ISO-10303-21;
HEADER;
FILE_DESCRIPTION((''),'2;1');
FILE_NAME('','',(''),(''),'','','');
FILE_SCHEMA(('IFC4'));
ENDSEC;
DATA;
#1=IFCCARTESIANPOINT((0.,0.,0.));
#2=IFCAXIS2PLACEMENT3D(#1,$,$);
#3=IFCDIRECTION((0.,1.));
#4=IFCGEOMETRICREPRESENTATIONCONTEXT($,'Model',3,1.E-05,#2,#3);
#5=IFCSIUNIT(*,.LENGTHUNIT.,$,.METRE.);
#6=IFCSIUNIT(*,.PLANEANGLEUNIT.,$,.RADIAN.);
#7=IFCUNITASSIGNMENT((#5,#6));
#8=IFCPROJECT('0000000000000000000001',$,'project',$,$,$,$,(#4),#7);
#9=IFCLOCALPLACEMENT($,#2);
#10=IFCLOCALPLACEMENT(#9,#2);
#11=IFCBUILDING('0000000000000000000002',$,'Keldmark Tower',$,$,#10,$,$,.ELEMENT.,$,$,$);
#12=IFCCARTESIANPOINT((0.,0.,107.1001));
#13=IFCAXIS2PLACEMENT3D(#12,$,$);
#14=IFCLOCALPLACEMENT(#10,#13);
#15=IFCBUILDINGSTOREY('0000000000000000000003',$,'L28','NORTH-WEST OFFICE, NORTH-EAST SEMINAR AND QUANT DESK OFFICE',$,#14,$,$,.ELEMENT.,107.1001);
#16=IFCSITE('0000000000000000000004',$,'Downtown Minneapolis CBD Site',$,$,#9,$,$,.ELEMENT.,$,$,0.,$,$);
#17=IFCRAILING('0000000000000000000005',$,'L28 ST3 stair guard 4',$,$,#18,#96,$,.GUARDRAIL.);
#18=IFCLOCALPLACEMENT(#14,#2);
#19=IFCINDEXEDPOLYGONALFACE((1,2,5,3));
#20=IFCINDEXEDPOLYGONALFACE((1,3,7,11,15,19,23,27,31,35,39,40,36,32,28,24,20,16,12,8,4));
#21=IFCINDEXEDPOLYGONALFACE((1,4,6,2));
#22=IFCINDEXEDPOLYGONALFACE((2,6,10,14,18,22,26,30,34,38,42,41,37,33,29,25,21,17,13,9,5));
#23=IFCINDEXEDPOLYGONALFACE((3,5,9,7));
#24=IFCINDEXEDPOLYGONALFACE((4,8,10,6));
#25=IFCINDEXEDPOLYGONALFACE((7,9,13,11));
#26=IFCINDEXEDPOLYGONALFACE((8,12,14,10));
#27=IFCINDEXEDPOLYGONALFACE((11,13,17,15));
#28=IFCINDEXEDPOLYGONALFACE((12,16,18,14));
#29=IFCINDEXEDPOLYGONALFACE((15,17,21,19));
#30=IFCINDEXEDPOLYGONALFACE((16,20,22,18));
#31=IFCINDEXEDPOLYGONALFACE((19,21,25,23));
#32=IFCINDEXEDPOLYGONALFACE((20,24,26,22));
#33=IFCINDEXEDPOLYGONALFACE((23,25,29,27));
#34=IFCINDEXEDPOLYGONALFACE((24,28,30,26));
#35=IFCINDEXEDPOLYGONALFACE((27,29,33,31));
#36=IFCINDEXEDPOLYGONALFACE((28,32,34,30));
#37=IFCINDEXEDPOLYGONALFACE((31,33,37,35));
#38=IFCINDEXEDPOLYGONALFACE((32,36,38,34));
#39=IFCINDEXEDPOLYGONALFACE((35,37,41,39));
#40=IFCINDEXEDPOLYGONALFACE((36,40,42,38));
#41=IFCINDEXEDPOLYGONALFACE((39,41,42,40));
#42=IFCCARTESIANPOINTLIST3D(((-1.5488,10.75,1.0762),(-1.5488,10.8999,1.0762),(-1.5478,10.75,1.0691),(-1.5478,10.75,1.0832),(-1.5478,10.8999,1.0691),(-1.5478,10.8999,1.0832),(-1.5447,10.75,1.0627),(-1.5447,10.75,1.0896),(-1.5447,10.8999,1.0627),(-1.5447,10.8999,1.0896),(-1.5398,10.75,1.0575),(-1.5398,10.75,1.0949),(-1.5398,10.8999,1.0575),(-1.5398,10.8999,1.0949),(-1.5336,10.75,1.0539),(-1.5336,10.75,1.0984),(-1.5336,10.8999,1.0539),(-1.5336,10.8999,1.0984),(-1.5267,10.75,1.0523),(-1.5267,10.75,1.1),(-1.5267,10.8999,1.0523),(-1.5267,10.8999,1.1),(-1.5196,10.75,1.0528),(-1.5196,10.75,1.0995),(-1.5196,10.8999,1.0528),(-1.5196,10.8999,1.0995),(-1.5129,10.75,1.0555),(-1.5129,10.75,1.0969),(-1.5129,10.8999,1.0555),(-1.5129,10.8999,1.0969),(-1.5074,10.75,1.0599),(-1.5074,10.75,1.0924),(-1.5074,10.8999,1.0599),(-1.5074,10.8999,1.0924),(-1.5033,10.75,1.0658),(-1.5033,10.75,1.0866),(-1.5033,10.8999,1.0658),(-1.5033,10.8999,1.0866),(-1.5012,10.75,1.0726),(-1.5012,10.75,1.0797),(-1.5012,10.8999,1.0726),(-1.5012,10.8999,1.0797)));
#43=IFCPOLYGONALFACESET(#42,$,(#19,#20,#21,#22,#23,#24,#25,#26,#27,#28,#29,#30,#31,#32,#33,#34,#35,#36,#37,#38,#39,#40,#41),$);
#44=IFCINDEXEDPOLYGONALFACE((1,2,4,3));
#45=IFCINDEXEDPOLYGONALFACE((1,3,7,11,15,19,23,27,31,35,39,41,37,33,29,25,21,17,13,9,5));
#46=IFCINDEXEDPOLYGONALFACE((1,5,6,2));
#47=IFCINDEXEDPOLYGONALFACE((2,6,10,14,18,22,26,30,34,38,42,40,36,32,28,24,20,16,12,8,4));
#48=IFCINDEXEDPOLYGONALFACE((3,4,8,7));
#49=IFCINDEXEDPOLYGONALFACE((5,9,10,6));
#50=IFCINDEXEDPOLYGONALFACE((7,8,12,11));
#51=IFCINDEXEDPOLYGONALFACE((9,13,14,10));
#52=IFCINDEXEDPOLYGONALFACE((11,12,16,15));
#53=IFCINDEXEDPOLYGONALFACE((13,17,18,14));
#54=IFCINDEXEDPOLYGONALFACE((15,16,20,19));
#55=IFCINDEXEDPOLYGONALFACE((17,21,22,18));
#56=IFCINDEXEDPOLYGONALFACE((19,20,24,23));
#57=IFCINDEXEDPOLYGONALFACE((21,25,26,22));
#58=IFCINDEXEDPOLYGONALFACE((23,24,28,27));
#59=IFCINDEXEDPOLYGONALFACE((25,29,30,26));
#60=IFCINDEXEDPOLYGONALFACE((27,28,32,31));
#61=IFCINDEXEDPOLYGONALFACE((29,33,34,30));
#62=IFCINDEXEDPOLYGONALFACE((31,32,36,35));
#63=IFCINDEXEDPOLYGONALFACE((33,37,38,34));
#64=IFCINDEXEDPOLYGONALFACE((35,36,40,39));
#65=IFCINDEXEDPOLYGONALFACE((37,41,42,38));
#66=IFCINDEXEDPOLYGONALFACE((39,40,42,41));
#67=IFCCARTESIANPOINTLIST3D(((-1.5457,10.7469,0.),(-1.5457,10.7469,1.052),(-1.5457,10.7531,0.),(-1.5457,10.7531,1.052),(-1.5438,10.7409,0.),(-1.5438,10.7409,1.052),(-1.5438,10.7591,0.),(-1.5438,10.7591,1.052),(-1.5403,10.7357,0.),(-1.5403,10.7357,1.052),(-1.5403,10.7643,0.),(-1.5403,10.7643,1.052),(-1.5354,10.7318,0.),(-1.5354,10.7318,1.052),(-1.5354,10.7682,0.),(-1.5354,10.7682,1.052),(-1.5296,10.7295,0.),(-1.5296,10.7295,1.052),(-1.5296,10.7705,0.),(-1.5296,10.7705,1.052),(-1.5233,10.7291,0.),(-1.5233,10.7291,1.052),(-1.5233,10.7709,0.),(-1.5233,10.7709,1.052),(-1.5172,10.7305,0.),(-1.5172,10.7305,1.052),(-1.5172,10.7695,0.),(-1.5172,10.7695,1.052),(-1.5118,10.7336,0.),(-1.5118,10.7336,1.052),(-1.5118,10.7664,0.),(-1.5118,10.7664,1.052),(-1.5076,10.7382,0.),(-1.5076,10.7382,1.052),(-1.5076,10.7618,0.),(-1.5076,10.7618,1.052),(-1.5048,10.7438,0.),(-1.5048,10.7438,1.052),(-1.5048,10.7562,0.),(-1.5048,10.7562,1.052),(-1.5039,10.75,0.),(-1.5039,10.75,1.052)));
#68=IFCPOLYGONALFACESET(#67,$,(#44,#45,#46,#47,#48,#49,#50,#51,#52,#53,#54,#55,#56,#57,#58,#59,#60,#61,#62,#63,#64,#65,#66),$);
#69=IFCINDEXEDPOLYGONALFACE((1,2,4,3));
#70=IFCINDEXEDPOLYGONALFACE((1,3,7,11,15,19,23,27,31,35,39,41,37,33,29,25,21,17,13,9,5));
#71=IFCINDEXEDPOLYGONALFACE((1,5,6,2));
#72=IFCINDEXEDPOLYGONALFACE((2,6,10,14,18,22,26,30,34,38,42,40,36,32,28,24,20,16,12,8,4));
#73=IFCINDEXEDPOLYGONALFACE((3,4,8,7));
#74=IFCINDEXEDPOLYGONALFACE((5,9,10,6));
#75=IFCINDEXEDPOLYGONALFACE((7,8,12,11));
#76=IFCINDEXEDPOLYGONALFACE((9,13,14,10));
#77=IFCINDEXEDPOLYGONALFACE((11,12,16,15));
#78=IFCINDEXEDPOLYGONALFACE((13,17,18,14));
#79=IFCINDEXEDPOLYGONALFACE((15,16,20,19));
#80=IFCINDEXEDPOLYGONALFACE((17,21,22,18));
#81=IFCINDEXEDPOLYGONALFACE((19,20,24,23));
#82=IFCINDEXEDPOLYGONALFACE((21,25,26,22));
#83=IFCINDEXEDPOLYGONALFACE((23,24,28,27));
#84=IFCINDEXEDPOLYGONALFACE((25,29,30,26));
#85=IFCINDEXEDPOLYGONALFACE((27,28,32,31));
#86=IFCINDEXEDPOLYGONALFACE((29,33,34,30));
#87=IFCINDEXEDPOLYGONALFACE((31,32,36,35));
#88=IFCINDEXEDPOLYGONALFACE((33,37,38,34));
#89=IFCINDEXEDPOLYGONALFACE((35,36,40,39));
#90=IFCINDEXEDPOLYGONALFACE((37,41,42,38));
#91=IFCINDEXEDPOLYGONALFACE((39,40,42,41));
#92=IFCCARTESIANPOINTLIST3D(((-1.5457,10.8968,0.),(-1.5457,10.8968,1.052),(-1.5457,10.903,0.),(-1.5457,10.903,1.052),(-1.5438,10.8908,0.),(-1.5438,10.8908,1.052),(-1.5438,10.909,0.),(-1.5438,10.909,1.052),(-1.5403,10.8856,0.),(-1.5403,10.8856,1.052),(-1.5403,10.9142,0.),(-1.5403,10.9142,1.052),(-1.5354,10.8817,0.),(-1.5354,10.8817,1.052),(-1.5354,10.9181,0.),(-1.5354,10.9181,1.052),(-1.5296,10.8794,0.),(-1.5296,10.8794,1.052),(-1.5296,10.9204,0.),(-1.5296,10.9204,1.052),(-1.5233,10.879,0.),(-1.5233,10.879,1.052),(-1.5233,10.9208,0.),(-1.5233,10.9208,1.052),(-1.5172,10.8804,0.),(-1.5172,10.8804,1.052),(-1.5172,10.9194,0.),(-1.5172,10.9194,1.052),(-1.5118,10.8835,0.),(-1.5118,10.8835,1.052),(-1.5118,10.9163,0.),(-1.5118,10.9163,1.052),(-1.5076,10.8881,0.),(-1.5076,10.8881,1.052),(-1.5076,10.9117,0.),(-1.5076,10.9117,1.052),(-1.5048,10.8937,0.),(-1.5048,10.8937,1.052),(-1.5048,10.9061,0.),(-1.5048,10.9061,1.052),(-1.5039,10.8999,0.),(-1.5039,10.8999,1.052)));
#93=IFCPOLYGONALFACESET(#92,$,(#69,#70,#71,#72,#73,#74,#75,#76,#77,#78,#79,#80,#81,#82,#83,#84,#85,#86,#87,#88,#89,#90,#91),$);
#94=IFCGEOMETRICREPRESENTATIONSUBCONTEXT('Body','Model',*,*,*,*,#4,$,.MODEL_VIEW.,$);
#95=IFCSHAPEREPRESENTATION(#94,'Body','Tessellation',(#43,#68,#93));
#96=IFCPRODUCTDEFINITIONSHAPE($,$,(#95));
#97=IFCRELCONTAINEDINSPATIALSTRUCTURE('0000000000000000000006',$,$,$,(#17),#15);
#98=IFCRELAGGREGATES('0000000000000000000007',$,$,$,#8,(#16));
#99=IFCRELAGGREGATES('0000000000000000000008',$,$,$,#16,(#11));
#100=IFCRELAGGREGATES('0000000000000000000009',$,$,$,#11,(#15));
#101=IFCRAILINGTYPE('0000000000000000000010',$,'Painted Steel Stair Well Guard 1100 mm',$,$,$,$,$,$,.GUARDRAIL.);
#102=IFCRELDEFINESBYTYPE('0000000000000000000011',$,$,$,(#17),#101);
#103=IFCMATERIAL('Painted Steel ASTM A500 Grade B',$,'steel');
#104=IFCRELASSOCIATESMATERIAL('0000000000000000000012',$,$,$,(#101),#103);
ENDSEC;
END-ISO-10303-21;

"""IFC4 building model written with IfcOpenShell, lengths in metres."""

from ifc_helpers import new_model, si_unit, direction, frame, origin, origin_2d, place, context, subcontext, project, spatial, circle, extrude, material, type_object, element, save


model = new_model("IFC4")

# Units and contexts
model_context = context("Model", 3, precision=1e-05, world=origin(), true_north=direction((0.0, 1.0)))
body_context = subcontext(model_context, "Body", "Model", "MODEL_VIEW")
ifc_project = project(units=[si_unit("LENGTHUNIT", "METRE"), si_unit("PLANEANGLEUNIT", "RADIAN")], contexts=[model_context])

# Site, building, storey
site_placement = place(None, origin())
site = spatial("IfcSite", under=ifc_project, at=site_placement, Name="Downtown Minneapolis CBD Site", CompositionType="ELEMENT", RefElevation=0.0)
building_placement = place(site_placement, origin())
building = spatial("IfcBuilding", under=site, at=building_placement, Name="Keldmark Tower", CompositionType="ELEMENT")
storey_placement = place(building_placement, frame((0.0, 0.0, 107.1001)))
storey = spatial("IfcBuildingStorey", under=building, at=storey_placement, Name="L28", Description="NORTH-WEST OFFICE, NORTH-EAST SEMINAR AND QUANT DESK OFFICE", CompositionType="ELEMENT", Elevation=107.1001)

# Railing
ifc_material_1 = material(Name="Painted Steel ASTM A500 Grade B", Category="steel")
railing_type_1 = type_object("IfcRailingType", Name="Painted Steel Stair Well Guard 1100 mm", PredefinedType="GUARDRAIL", material=ifc_material_1)
railing_1_placement = place(storey_placement, frame((-1.5249, 10.75, 0.0)))
element("IfcRailing", 1, at=railing_1_placement, inside=storey, type_object=railing_type_1, Name="L28 ST3 stair guard 4", PredefinedType="GUARDRAIL", context=body_context, shape_type="SweptSolid", body=[
    extrude(circle(Radius=0.0239, at=origin_2d()), frame((0.0, 0.0, 1.0762), z_axis=(0.0, 1.0, 0.0), x_axis=(-1.0, 0.0, 0.0)), (0.0, 0.0, 1.0), 0.1499),
    extrude(circle(Radius=0.021, at=origin_2d()), origin(), (0.0, 0.0, 1.0), 1.052),
    extrude(circle(Radius=0.021, at=origin_2d()), frame((0.0, 0.1499, 0.0)), (0.0, 0.0, 1.0), 1.052),
])

save(model, "model.ifc")
